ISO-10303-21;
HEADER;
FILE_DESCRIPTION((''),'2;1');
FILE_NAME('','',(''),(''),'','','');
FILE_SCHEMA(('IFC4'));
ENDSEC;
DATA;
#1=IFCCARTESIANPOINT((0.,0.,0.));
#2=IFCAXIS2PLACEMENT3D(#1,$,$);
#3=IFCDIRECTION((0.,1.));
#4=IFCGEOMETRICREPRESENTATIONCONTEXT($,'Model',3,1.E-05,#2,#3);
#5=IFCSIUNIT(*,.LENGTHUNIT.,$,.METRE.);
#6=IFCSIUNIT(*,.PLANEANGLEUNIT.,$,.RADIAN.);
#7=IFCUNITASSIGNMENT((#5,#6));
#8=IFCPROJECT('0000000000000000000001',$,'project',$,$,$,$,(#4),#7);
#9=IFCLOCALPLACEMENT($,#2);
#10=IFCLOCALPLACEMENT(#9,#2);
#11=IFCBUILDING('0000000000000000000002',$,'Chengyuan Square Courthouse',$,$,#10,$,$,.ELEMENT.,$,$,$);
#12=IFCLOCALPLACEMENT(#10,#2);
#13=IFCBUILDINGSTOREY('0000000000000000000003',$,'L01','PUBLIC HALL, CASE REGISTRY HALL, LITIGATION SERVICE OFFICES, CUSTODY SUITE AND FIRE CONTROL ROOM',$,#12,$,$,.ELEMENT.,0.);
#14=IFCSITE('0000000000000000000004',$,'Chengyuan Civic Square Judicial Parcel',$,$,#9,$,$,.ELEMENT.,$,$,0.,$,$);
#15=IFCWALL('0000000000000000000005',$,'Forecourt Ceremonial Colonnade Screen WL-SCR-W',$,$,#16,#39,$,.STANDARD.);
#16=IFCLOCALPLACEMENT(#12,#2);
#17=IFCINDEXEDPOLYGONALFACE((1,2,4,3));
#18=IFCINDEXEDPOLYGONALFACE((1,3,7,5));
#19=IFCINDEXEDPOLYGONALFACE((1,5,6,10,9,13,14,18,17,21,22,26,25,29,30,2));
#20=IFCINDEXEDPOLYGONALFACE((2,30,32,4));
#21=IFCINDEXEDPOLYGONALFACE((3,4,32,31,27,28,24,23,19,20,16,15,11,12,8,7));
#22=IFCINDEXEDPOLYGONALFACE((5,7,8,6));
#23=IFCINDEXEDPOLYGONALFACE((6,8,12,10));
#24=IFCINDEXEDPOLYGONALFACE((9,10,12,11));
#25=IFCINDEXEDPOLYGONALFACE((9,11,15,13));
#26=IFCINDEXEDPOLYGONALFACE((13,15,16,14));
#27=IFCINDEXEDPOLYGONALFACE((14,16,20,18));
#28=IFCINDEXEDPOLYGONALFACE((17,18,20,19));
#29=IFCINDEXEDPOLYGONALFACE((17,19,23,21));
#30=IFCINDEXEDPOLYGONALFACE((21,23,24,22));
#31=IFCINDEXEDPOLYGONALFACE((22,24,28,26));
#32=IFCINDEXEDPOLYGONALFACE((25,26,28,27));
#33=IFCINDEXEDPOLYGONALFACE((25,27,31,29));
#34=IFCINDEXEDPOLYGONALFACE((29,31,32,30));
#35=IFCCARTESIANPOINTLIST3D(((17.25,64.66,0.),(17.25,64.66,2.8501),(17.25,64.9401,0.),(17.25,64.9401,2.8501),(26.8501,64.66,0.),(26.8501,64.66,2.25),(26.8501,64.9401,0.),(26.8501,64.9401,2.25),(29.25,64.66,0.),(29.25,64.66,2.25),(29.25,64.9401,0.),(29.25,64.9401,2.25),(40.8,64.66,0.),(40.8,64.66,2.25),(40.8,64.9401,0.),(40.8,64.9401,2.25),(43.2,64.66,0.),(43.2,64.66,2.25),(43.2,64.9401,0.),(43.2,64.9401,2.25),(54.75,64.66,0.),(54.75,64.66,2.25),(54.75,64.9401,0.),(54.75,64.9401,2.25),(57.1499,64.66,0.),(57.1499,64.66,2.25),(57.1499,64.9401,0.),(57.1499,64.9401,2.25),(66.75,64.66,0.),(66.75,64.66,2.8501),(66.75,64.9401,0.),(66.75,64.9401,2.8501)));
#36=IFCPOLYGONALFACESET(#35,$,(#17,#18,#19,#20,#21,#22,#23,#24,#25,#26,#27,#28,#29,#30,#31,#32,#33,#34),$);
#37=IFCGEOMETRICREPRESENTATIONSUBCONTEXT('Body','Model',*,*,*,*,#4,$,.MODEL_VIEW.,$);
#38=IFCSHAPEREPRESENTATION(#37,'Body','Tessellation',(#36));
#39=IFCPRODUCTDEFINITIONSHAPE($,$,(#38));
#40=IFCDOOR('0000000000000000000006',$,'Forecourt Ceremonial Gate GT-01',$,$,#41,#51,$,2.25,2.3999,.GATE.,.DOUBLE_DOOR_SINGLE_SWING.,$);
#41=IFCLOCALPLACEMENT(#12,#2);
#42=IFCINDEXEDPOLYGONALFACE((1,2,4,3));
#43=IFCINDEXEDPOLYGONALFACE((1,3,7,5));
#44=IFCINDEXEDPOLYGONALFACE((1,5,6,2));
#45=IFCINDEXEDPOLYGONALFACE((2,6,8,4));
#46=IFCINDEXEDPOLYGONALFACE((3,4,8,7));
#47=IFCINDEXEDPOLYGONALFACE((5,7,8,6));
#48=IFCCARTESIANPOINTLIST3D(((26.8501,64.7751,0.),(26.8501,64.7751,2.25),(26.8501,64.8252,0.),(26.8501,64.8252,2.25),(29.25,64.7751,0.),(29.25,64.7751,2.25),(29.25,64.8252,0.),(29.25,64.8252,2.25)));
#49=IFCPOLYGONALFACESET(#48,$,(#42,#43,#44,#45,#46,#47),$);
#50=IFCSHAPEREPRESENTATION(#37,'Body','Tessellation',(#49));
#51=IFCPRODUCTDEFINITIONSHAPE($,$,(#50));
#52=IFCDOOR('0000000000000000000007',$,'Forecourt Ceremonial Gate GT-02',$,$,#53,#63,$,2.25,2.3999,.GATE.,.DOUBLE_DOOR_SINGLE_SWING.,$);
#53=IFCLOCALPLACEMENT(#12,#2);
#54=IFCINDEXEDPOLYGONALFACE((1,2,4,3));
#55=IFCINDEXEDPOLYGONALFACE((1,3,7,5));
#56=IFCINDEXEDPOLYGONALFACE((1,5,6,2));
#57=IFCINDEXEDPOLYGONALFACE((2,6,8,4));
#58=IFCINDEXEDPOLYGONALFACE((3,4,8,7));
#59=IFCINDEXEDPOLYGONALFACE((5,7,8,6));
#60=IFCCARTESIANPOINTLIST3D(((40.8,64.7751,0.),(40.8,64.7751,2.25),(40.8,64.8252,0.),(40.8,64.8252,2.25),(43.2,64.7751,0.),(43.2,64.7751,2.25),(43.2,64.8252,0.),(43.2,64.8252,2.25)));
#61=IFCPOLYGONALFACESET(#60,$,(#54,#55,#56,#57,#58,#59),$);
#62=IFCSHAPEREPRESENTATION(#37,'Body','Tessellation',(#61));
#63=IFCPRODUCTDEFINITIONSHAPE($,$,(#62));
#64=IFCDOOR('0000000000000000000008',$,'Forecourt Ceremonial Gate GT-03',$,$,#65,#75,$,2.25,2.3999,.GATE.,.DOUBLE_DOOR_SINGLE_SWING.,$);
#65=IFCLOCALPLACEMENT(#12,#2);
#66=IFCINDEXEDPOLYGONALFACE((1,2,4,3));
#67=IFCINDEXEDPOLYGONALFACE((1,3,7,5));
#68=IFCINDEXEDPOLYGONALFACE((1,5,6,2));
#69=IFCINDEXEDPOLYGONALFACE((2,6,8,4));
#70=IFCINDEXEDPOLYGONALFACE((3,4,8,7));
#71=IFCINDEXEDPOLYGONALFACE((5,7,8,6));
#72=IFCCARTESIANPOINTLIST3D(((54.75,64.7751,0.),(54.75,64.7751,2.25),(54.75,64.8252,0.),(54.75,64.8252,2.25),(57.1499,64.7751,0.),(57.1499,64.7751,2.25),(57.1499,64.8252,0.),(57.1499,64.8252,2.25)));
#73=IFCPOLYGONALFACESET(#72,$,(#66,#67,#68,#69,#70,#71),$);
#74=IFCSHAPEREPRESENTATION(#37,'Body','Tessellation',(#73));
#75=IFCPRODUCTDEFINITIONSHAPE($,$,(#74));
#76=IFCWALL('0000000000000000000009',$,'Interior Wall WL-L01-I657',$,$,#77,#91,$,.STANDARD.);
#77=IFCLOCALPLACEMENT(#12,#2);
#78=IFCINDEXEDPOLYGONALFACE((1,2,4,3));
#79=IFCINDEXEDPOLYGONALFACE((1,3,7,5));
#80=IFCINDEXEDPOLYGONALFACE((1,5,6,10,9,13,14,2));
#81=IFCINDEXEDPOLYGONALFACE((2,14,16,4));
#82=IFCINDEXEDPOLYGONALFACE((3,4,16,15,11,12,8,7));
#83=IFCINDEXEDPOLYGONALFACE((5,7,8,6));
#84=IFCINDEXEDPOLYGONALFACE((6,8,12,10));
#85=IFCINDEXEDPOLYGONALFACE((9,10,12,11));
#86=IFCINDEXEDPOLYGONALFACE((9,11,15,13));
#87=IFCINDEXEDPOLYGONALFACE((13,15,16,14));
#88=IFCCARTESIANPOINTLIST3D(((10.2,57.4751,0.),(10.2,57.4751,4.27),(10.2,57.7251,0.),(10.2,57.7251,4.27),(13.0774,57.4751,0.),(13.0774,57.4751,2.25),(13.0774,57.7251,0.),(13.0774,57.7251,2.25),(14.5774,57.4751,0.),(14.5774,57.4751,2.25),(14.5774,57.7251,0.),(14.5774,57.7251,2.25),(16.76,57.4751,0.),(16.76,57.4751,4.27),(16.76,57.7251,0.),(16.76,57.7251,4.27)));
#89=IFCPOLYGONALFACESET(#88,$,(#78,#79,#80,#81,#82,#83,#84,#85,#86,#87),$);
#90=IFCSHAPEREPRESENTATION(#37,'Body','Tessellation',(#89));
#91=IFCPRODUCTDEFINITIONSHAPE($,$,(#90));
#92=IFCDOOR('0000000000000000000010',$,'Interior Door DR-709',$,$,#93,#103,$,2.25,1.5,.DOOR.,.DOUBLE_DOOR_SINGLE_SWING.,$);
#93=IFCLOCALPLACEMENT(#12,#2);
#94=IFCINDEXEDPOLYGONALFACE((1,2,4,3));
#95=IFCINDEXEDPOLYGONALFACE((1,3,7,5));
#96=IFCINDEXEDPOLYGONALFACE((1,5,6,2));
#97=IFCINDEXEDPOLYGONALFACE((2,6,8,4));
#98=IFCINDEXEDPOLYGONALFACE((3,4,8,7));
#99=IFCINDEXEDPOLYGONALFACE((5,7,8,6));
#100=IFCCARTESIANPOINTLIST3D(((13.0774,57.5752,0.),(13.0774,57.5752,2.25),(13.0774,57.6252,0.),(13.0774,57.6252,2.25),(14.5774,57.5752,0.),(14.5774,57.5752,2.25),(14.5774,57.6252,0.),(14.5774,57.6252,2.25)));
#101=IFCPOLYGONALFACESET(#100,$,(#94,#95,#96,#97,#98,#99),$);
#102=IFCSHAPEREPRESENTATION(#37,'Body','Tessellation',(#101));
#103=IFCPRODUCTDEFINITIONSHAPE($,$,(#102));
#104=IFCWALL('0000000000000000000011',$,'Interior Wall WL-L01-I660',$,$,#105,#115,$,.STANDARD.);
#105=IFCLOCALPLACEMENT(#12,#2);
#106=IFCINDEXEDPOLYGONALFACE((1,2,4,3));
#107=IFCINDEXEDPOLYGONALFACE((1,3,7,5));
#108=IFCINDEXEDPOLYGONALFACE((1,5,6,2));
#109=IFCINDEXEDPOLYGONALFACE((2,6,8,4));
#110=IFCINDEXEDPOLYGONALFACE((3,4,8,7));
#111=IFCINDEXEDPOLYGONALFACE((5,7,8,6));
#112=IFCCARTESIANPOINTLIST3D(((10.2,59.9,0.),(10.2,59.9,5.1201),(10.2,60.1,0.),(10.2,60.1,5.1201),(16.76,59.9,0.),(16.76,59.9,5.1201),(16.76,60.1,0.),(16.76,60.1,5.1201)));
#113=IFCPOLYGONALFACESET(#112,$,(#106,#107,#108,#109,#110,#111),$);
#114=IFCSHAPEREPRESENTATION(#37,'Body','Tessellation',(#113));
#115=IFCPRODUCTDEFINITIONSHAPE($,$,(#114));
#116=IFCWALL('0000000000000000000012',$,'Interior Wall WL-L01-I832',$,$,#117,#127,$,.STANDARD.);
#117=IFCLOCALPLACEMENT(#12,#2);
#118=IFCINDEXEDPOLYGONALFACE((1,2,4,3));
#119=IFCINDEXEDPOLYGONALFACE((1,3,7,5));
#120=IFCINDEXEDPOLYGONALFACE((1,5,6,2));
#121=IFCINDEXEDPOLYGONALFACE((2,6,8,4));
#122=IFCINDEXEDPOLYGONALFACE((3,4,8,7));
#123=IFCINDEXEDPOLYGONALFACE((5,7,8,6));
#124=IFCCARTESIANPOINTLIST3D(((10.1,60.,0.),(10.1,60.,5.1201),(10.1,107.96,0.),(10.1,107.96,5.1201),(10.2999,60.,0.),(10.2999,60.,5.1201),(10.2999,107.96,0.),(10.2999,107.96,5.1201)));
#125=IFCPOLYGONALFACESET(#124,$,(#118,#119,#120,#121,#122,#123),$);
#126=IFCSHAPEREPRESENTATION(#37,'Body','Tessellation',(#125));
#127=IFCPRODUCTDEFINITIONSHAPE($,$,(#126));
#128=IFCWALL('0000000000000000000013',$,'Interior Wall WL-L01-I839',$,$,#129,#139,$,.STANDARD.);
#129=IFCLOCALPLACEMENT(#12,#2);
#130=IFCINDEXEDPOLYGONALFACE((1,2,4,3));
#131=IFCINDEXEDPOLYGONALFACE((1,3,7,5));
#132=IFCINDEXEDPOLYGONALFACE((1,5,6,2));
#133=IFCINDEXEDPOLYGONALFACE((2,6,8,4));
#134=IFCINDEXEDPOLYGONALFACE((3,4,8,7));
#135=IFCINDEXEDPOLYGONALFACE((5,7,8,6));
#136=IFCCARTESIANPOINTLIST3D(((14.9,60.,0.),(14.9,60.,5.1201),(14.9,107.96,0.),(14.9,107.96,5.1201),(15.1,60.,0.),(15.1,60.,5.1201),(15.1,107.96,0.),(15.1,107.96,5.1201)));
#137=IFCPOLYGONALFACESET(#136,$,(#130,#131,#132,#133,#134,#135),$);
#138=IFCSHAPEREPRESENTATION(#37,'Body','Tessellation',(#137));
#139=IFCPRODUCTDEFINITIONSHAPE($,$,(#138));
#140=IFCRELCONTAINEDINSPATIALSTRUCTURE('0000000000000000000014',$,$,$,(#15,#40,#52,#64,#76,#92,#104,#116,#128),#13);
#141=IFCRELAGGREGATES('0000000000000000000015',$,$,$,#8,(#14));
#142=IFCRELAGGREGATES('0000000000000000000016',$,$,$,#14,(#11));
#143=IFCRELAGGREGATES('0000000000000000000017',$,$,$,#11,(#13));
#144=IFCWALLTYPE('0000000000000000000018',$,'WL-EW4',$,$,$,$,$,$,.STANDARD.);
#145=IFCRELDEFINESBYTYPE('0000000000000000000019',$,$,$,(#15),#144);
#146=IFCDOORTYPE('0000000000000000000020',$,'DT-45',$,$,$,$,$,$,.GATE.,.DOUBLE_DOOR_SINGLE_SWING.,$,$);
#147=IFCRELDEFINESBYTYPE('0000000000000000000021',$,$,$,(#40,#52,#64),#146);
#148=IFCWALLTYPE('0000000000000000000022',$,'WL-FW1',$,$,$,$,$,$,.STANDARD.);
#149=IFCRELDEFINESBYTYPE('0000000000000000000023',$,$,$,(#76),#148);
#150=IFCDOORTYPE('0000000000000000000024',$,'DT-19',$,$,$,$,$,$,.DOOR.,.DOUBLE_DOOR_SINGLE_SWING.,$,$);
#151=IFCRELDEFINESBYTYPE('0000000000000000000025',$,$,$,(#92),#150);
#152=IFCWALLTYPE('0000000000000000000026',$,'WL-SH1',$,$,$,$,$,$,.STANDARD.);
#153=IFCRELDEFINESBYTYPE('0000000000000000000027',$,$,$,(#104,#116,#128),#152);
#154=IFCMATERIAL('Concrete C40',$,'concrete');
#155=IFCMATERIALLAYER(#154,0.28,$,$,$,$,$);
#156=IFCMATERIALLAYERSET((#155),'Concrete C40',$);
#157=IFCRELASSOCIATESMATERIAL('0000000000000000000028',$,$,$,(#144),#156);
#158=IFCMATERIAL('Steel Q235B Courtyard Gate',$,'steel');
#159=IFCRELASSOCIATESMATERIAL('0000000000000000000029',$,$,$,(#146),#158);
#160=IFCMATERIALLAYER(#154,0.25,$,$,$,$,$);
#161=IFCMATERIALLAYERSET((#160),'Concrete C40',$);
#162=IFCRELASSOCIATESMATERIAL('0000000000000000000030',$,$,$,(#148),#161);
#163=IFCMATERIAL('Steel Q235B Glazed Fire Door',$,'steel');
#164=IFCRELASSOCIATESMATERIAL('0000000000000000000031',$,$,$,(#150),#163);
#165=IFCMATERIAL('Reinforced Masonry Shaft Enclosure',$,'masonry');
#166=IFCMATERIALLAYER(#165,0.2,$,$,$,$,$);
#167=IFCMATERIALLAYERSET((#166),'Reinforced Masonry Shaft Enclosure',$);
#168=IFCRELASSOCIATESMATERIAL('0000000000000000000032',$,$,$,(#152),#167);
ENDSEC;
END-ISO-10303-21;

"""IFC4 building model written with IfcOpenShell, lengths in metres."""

from ifc_helpers import new_model, si_unit, direction, frame, frame_2d, origin, place, context, subcontext, project, spatial, rectangle, extrude, material, layer, layer_set, type_object, element, fill, save


model = new_model("IFC4")

# Units and contexts
model_context = context("Model", 3, precision=1e-05, world=origin(), true_north=direction((0.0, 1.0)))
body_context = subcontext(model_context, "Body", "Model", "MODEL_VIEW")
ifc_project = project(units=[si_unit("LENGTHUNIT", "METRE"), si_unit("PLANEANGLEUNIT", "RADIAN")], contexts=[model_context])

# Site, building, storey
site_placement = place(None, origin())
site = spatial("IfcSite", under=ifc_project, at=site_placement, Name="Chengyuan Civic Square Judicial Parcel", CompositionType="ELEMENT", RefElevation=0.0)
building_placement = place(site_placement, origin())
building = spatial("IfcBuilding", under=site, at=building_placement, Name="Chengyuan Square Courthouse", CompositionType="ELEMENT")
storey_placement = place(building_placement, origin())
storey = spatial("IfcBuildingStorey", under=building, at=storey_placement, Name="L01", Description="PUBLIC HALL, CASE REGISTRY HALL, LITIGATION SERVICE OFFICES, CUSTODY SUITE AND FIRE CONTROL ROOM", CompositionType="ELEMENT", Elevation=0.0)

# Shared definitions
ifc_material_1 = material(Name="Concrete C40", Category="concrete")

# Wall, openings, doors
ifc_layer_1 = layer(ifc_material_1, 0.28)
ifc_layer_set_1 = layer_set([ifc_layer_1], Name="Concrete C40")
wall_type_1 = type_object("IfcWallType", Name="WL-EW4", PredefinedType="STANDARD", material=ifc_layer_set_1)
wall_1_placement = place(storey_placement, frame((17.25, 64.8, 0.0), z_axis=(0.0, 0.0, 1.0), x_axis=(1.0, 0.0, 0.0)))
wall_1 = element("IfcWall", 1, at=wall_1_placement, inside=storey, type_object=wall_type_1, Name="Forecourt Ceremonial Colonnade Screen WL-SCR-W", PredefinedType="STANDARD", context=body_context, shape_type="SweptSolid", body=[
    extrude(rectangle(XDim=49.5, YDim=0.28, at=frame_2d((24.75, 0.0))), origin(), (0.0, 0.0, 1.0), 2.8501),
])
opening_1_placement = place(wall_1_placement, frame((9.6001, 0.0, 0.0)))
opening_1 = element("IfcOpeningElement", 2, at=opening_1_placement, cuts=wall_1, PredefinedType="OPENING", context=body_context, shape_type="SweptSolid", body=[
    extrude(rectangle(XDim=2.3999, YDim=2.25, at=frame_2d((1.2, 1.125))), frame((0.0, 0.1521, 0.0), z_axis=(0.0, -1.0, 0.0), x_axis=(1.0, 0.0, 0.0)), (0.0, 0.0, 1.0), 0.304),
])
opening_2_placement = place(wall_1_placement, frame((23.55, 0.0, 0.0)))
opening_2 = element("IfcOpeningElement", 3, at=opening_2_placement, cuts=wall_1, PredefinedType="OPENING", context=body_context, shape_type="SweptSolid", body=[
    extrude(rectangle(XDim=2.3999, YDim=2.25, at=frame_2d((1.2, 1.125))), frame((0.0, 0.1521, 0.0), z_axis=(0.0, -1.0, 0.0), x_axis=(1.0, 0.0, 0.0)), (0.0, 0.0, 1.0), 0.304),
])
opening_3_placement = place(wall_1_placement, frame((37.5, 0.0, 0.0)))
opening_3 = element("IfcOpeningElement", 4, at=opening_3_placement, cuts=wall_1, PredefinedType="OPENING", context=body_context, shape_type="SweptSolid", body=[
    extrude(rectangle(XDim=2.3999, YDim=2.25, at=frame_2d((1.2, 1.125))), frame((0.0, 0.1521, 0.0), z_axis=(0.0, -1.0, 0.0), x_axis=(1.0, 0.0, 0.0)), (0.0, 0.0, 1.0), 0.304),
])
ifc_material_2 = material(Name="Steel Q235B Courtyard Gate", Category="steel")
door_type_1 = type_object("IfcDoorType", Name="DT-45", OperationType="DOUBLE_DOOR_SINGLE_SWING", PredefinedType="GATE", material=ifc_material_2)
door_1_placement = place(opening_1_placement, frame((2.3999, 0.0, 0.0), z_axis=(0.0, 0.0, 1.0), x_axis=(-1.0, 0.0, 0.0)))
door_1 = element("IfcDoor", 5, at=door_1_placement, inside=storey, type_object=door_type_1, Name="Forecourt Ceremonial Gate GT-01", OperationType="DOUBLE_DOOR_SINGLE_SWING", OverallHeight=2.25, OverallWidth=2.3999, PredefinedType="GATE", context=body_context, shape_type="SweptSolid", body=[
    extrude(rectangle(XDim=2.3999, YDim=2.25, at=frame_2d((1.2, 1.125))), frame((0.0, 0.0249, 0.0), z_axis=(0.0, -1.0, 0.0), x_axis=(1.0, 0.0, 0.0)), (0.0, 0.0, 1.0), 0.05),
])
fill(opening_1, door_1)
door_2_placement = place(opening_2_placement, frame((2.3999, 0.0, 0.0), z_axis=(0.0, 0.0, 1.0), x_axis=(-1.0, 0.0, 0.0)))
door_2 = element("IfcDoor", 6, at=door_2_placement, inside=storey, type_object=door_type_1, Name="Forecourt Ceremonial Gate GT-02", OperationType="DOUBLE_DOOR_SINGLE_SWING", OverallHeight=2.25, OverallWidth=2.3999, PredefinedType="GATE", context=body_context, shape_type="SweptSolid", body=[
    extrude(rectangle(XDim=2.3999, YDim=2.25, at=frame_2d((1.2, 1.125))), frame((0.0, 0.0249, 0.0), z_axis=(0.0, -1.0, 0.0), x_axis=(1.0, 0.0, 0.0)), (0.0, 0.0, 1.0), 0.05),
])
fill(opening_2, door_2)
door_3_placement = place(opening_3_placement, frame((2.3999, 0.0, 0.0), z_axis=(0.0, 0.0, 1.0), x_axis=(-1.0, 0.0, 0.0)))
door_3 = element("IfcDoor", 7, at=door_3_placement, inside=storey, type_object=door_type_1, Name="Forecourt Ceremonial Gate GT-03", OperationType="DOUBLE_DOOR_SINGLE_SWING", OverallHeight=2.25, OverallWidth=2.3999, PredefinedType="GATE", context=body_context, shape_type="SweptSolid", body=[
    extrude(rectangle(XDim=2.3999, YDim=2.25, at=frame_2d((1.2, 1.125))), frame((0.0, 0.0249, 0.0), z_axis=(0.0, -1.0, 0.0), x_axis=(1.0, 0.0, 0.0)), (0.0, 0.0, 1.0), 0.05),
])
fill(opening_3, door_3)

# Wall, opening, door
ifc_layer_2 = layer(ifc_material_1, 0.25)
ifc_layer_set_2 = layer_set([ifc_layer_2], Name="Concrete C40")
wall_type_2 = type_object("IfcWallType", Name="WL-FW1", PredefinedType="STANDARD", material=ifc_layer_set_2)
wall_2_placement = place(storey_placement, frame((10.2, 57.6001, 0.0), z_axis=(0.0, 0.0, 1.0), x_axis=(1.0, 0.0, 0.0)))
wall_2 = element("IfcWall", 8, at=wall_2_placement, inside=storey, type_object=wall_type_2, Name="Interior Wall WL-L01-I657", PredefinedType="STANDARD", context=body_context, shape_type="SweptSolid", body=[
    extrude(rectangle(XDim=6.5601, YDim=0.25, at=frame_2d((3.28, 0.0))), origin(), (0.0, 0.0, 1.0), 4.27),
])
opening_4_placement = place(wall_2_placement, frame((2.8774, 0.0, 0.0)))
opening_4 = element("IfcOpeningElement", 9, at=opening_4_placement, cuts=wall_2, PredefinedType="OPENING", context=body_context, shape_type="SweptSolid", body=[
    extrude(rectangle(XDim=1.5, YDim=2.25, at=frame_2d((0.75, 1.125))), frame((0.0, 0.137, 0.0), z_axis=(0.0, -1.0, 0.0), x_axis=(1.0, 0.0, 0.0)), (0.0, 0.0, 1.0), 0.2739),
])
ifc_material_3 = material(Name="Steel Q235B Glazed Fire Door", Category="steel")
door_type_2 = type_object("IfcDoorType", Name="DT-19", OperationType="DOUBLE_DOOR_SINGLE_SWING", PredefinedType="DOOR", material=ifc_material_3)
door_4_placement = place(opening_4_placement, frame((1.5, 0.0, 0.0), z_axis=(0.0, 0.0, 1.0), x_axis=(-1.0, 0.0, 0.0)))
door_4 = element("IfcDoor", 10, at=door_4_placement, inside=storey, type_object=door_type_2, Name="Interior Door DR-709", OperationType="DOUBLE_DOOR_SINGLE_SWING", OverallHeight=2.25, OverallWidth=1.5, PredefinedType="DOOR", context=body_context, shape_type="SweptSolid", body=[
    extrude(rectangle(XDim=1.5, YDim=2.25, at=frame_2d((0.75, 1.125))), frame((0.0, 0.0249, 0.0), z_axis=(0.0, -1.0, 0.0), x_axis=(1.0, 0.0, 0.0)), (0.0, 0.0, 1.0), 0.05),
])
fill(opening_4, door_4)

# Walls
ifc_material_4 = material(Name="Reinforced Masonry Shaft Enclosure", Category="masonry")
ifc_layer_3 = layer(ifc_material_4, 0.2)
ifc_layer_set_3 = layer_set([ifc_layer_3], Name="Reinforced Masonry Shaft Enclosure")
wall_type_3 = type_object("IfcWallType", Name="WL-SH1", PredefinedType="STANDARD", material=ifc_layer_set_3)
wall_3_placement = place(storey_placement, frame((10.2, 60.0, 0.0), z_axis=(0.0, 0.0, 1.0), x_axis=(1.0, 0.0, 0.0)))
element("IfcWall", 11, at=wall_3_placement, inside=storey, type_object=wall_type_3, Name="Interior Wall WL-L01-I660", PredefinedType="STANDARD", context=body_context, shape_type="SweptSolid", body=[
    extrude(rectangle(XDim=6.5601, YDim=0.2, at=frame_2d((3.28, 0.0))), origin(), (0.0, 0.0, 1.0), 5.1201),
])
for number, where, z_axis, x_axis, name in (
    (12, (10.2, 60.0, 0.0), (0.0, 0.0, 1.0), (0.0, 1.0, 0.0), "Interior Wall WL-L01-I832"),
    (13, (15.0, 60.0, 0.0), (0.0, 0.0, 1.0), (0.0, 1.0, 0.0), "Interior Wall WL-L01-I839"),
):
    element("IfcWall", number, at=place(storey_placement, frame(where, z_axis=z_axis, x_axis=x_axis)), inside=storey, type_object=wall_type_3, Name=name, PredefinedType="STANDARD", context=body_context, shape_type="SweptSolid", body=[
        extrude(rectangle(XDim=47.96, YDim=0.2, at=frame_2d((23.98, 0.0))), origin(), (0.0, 0.0, 1.0), 5.1201),
    ])

save(model, "model.ifc")
